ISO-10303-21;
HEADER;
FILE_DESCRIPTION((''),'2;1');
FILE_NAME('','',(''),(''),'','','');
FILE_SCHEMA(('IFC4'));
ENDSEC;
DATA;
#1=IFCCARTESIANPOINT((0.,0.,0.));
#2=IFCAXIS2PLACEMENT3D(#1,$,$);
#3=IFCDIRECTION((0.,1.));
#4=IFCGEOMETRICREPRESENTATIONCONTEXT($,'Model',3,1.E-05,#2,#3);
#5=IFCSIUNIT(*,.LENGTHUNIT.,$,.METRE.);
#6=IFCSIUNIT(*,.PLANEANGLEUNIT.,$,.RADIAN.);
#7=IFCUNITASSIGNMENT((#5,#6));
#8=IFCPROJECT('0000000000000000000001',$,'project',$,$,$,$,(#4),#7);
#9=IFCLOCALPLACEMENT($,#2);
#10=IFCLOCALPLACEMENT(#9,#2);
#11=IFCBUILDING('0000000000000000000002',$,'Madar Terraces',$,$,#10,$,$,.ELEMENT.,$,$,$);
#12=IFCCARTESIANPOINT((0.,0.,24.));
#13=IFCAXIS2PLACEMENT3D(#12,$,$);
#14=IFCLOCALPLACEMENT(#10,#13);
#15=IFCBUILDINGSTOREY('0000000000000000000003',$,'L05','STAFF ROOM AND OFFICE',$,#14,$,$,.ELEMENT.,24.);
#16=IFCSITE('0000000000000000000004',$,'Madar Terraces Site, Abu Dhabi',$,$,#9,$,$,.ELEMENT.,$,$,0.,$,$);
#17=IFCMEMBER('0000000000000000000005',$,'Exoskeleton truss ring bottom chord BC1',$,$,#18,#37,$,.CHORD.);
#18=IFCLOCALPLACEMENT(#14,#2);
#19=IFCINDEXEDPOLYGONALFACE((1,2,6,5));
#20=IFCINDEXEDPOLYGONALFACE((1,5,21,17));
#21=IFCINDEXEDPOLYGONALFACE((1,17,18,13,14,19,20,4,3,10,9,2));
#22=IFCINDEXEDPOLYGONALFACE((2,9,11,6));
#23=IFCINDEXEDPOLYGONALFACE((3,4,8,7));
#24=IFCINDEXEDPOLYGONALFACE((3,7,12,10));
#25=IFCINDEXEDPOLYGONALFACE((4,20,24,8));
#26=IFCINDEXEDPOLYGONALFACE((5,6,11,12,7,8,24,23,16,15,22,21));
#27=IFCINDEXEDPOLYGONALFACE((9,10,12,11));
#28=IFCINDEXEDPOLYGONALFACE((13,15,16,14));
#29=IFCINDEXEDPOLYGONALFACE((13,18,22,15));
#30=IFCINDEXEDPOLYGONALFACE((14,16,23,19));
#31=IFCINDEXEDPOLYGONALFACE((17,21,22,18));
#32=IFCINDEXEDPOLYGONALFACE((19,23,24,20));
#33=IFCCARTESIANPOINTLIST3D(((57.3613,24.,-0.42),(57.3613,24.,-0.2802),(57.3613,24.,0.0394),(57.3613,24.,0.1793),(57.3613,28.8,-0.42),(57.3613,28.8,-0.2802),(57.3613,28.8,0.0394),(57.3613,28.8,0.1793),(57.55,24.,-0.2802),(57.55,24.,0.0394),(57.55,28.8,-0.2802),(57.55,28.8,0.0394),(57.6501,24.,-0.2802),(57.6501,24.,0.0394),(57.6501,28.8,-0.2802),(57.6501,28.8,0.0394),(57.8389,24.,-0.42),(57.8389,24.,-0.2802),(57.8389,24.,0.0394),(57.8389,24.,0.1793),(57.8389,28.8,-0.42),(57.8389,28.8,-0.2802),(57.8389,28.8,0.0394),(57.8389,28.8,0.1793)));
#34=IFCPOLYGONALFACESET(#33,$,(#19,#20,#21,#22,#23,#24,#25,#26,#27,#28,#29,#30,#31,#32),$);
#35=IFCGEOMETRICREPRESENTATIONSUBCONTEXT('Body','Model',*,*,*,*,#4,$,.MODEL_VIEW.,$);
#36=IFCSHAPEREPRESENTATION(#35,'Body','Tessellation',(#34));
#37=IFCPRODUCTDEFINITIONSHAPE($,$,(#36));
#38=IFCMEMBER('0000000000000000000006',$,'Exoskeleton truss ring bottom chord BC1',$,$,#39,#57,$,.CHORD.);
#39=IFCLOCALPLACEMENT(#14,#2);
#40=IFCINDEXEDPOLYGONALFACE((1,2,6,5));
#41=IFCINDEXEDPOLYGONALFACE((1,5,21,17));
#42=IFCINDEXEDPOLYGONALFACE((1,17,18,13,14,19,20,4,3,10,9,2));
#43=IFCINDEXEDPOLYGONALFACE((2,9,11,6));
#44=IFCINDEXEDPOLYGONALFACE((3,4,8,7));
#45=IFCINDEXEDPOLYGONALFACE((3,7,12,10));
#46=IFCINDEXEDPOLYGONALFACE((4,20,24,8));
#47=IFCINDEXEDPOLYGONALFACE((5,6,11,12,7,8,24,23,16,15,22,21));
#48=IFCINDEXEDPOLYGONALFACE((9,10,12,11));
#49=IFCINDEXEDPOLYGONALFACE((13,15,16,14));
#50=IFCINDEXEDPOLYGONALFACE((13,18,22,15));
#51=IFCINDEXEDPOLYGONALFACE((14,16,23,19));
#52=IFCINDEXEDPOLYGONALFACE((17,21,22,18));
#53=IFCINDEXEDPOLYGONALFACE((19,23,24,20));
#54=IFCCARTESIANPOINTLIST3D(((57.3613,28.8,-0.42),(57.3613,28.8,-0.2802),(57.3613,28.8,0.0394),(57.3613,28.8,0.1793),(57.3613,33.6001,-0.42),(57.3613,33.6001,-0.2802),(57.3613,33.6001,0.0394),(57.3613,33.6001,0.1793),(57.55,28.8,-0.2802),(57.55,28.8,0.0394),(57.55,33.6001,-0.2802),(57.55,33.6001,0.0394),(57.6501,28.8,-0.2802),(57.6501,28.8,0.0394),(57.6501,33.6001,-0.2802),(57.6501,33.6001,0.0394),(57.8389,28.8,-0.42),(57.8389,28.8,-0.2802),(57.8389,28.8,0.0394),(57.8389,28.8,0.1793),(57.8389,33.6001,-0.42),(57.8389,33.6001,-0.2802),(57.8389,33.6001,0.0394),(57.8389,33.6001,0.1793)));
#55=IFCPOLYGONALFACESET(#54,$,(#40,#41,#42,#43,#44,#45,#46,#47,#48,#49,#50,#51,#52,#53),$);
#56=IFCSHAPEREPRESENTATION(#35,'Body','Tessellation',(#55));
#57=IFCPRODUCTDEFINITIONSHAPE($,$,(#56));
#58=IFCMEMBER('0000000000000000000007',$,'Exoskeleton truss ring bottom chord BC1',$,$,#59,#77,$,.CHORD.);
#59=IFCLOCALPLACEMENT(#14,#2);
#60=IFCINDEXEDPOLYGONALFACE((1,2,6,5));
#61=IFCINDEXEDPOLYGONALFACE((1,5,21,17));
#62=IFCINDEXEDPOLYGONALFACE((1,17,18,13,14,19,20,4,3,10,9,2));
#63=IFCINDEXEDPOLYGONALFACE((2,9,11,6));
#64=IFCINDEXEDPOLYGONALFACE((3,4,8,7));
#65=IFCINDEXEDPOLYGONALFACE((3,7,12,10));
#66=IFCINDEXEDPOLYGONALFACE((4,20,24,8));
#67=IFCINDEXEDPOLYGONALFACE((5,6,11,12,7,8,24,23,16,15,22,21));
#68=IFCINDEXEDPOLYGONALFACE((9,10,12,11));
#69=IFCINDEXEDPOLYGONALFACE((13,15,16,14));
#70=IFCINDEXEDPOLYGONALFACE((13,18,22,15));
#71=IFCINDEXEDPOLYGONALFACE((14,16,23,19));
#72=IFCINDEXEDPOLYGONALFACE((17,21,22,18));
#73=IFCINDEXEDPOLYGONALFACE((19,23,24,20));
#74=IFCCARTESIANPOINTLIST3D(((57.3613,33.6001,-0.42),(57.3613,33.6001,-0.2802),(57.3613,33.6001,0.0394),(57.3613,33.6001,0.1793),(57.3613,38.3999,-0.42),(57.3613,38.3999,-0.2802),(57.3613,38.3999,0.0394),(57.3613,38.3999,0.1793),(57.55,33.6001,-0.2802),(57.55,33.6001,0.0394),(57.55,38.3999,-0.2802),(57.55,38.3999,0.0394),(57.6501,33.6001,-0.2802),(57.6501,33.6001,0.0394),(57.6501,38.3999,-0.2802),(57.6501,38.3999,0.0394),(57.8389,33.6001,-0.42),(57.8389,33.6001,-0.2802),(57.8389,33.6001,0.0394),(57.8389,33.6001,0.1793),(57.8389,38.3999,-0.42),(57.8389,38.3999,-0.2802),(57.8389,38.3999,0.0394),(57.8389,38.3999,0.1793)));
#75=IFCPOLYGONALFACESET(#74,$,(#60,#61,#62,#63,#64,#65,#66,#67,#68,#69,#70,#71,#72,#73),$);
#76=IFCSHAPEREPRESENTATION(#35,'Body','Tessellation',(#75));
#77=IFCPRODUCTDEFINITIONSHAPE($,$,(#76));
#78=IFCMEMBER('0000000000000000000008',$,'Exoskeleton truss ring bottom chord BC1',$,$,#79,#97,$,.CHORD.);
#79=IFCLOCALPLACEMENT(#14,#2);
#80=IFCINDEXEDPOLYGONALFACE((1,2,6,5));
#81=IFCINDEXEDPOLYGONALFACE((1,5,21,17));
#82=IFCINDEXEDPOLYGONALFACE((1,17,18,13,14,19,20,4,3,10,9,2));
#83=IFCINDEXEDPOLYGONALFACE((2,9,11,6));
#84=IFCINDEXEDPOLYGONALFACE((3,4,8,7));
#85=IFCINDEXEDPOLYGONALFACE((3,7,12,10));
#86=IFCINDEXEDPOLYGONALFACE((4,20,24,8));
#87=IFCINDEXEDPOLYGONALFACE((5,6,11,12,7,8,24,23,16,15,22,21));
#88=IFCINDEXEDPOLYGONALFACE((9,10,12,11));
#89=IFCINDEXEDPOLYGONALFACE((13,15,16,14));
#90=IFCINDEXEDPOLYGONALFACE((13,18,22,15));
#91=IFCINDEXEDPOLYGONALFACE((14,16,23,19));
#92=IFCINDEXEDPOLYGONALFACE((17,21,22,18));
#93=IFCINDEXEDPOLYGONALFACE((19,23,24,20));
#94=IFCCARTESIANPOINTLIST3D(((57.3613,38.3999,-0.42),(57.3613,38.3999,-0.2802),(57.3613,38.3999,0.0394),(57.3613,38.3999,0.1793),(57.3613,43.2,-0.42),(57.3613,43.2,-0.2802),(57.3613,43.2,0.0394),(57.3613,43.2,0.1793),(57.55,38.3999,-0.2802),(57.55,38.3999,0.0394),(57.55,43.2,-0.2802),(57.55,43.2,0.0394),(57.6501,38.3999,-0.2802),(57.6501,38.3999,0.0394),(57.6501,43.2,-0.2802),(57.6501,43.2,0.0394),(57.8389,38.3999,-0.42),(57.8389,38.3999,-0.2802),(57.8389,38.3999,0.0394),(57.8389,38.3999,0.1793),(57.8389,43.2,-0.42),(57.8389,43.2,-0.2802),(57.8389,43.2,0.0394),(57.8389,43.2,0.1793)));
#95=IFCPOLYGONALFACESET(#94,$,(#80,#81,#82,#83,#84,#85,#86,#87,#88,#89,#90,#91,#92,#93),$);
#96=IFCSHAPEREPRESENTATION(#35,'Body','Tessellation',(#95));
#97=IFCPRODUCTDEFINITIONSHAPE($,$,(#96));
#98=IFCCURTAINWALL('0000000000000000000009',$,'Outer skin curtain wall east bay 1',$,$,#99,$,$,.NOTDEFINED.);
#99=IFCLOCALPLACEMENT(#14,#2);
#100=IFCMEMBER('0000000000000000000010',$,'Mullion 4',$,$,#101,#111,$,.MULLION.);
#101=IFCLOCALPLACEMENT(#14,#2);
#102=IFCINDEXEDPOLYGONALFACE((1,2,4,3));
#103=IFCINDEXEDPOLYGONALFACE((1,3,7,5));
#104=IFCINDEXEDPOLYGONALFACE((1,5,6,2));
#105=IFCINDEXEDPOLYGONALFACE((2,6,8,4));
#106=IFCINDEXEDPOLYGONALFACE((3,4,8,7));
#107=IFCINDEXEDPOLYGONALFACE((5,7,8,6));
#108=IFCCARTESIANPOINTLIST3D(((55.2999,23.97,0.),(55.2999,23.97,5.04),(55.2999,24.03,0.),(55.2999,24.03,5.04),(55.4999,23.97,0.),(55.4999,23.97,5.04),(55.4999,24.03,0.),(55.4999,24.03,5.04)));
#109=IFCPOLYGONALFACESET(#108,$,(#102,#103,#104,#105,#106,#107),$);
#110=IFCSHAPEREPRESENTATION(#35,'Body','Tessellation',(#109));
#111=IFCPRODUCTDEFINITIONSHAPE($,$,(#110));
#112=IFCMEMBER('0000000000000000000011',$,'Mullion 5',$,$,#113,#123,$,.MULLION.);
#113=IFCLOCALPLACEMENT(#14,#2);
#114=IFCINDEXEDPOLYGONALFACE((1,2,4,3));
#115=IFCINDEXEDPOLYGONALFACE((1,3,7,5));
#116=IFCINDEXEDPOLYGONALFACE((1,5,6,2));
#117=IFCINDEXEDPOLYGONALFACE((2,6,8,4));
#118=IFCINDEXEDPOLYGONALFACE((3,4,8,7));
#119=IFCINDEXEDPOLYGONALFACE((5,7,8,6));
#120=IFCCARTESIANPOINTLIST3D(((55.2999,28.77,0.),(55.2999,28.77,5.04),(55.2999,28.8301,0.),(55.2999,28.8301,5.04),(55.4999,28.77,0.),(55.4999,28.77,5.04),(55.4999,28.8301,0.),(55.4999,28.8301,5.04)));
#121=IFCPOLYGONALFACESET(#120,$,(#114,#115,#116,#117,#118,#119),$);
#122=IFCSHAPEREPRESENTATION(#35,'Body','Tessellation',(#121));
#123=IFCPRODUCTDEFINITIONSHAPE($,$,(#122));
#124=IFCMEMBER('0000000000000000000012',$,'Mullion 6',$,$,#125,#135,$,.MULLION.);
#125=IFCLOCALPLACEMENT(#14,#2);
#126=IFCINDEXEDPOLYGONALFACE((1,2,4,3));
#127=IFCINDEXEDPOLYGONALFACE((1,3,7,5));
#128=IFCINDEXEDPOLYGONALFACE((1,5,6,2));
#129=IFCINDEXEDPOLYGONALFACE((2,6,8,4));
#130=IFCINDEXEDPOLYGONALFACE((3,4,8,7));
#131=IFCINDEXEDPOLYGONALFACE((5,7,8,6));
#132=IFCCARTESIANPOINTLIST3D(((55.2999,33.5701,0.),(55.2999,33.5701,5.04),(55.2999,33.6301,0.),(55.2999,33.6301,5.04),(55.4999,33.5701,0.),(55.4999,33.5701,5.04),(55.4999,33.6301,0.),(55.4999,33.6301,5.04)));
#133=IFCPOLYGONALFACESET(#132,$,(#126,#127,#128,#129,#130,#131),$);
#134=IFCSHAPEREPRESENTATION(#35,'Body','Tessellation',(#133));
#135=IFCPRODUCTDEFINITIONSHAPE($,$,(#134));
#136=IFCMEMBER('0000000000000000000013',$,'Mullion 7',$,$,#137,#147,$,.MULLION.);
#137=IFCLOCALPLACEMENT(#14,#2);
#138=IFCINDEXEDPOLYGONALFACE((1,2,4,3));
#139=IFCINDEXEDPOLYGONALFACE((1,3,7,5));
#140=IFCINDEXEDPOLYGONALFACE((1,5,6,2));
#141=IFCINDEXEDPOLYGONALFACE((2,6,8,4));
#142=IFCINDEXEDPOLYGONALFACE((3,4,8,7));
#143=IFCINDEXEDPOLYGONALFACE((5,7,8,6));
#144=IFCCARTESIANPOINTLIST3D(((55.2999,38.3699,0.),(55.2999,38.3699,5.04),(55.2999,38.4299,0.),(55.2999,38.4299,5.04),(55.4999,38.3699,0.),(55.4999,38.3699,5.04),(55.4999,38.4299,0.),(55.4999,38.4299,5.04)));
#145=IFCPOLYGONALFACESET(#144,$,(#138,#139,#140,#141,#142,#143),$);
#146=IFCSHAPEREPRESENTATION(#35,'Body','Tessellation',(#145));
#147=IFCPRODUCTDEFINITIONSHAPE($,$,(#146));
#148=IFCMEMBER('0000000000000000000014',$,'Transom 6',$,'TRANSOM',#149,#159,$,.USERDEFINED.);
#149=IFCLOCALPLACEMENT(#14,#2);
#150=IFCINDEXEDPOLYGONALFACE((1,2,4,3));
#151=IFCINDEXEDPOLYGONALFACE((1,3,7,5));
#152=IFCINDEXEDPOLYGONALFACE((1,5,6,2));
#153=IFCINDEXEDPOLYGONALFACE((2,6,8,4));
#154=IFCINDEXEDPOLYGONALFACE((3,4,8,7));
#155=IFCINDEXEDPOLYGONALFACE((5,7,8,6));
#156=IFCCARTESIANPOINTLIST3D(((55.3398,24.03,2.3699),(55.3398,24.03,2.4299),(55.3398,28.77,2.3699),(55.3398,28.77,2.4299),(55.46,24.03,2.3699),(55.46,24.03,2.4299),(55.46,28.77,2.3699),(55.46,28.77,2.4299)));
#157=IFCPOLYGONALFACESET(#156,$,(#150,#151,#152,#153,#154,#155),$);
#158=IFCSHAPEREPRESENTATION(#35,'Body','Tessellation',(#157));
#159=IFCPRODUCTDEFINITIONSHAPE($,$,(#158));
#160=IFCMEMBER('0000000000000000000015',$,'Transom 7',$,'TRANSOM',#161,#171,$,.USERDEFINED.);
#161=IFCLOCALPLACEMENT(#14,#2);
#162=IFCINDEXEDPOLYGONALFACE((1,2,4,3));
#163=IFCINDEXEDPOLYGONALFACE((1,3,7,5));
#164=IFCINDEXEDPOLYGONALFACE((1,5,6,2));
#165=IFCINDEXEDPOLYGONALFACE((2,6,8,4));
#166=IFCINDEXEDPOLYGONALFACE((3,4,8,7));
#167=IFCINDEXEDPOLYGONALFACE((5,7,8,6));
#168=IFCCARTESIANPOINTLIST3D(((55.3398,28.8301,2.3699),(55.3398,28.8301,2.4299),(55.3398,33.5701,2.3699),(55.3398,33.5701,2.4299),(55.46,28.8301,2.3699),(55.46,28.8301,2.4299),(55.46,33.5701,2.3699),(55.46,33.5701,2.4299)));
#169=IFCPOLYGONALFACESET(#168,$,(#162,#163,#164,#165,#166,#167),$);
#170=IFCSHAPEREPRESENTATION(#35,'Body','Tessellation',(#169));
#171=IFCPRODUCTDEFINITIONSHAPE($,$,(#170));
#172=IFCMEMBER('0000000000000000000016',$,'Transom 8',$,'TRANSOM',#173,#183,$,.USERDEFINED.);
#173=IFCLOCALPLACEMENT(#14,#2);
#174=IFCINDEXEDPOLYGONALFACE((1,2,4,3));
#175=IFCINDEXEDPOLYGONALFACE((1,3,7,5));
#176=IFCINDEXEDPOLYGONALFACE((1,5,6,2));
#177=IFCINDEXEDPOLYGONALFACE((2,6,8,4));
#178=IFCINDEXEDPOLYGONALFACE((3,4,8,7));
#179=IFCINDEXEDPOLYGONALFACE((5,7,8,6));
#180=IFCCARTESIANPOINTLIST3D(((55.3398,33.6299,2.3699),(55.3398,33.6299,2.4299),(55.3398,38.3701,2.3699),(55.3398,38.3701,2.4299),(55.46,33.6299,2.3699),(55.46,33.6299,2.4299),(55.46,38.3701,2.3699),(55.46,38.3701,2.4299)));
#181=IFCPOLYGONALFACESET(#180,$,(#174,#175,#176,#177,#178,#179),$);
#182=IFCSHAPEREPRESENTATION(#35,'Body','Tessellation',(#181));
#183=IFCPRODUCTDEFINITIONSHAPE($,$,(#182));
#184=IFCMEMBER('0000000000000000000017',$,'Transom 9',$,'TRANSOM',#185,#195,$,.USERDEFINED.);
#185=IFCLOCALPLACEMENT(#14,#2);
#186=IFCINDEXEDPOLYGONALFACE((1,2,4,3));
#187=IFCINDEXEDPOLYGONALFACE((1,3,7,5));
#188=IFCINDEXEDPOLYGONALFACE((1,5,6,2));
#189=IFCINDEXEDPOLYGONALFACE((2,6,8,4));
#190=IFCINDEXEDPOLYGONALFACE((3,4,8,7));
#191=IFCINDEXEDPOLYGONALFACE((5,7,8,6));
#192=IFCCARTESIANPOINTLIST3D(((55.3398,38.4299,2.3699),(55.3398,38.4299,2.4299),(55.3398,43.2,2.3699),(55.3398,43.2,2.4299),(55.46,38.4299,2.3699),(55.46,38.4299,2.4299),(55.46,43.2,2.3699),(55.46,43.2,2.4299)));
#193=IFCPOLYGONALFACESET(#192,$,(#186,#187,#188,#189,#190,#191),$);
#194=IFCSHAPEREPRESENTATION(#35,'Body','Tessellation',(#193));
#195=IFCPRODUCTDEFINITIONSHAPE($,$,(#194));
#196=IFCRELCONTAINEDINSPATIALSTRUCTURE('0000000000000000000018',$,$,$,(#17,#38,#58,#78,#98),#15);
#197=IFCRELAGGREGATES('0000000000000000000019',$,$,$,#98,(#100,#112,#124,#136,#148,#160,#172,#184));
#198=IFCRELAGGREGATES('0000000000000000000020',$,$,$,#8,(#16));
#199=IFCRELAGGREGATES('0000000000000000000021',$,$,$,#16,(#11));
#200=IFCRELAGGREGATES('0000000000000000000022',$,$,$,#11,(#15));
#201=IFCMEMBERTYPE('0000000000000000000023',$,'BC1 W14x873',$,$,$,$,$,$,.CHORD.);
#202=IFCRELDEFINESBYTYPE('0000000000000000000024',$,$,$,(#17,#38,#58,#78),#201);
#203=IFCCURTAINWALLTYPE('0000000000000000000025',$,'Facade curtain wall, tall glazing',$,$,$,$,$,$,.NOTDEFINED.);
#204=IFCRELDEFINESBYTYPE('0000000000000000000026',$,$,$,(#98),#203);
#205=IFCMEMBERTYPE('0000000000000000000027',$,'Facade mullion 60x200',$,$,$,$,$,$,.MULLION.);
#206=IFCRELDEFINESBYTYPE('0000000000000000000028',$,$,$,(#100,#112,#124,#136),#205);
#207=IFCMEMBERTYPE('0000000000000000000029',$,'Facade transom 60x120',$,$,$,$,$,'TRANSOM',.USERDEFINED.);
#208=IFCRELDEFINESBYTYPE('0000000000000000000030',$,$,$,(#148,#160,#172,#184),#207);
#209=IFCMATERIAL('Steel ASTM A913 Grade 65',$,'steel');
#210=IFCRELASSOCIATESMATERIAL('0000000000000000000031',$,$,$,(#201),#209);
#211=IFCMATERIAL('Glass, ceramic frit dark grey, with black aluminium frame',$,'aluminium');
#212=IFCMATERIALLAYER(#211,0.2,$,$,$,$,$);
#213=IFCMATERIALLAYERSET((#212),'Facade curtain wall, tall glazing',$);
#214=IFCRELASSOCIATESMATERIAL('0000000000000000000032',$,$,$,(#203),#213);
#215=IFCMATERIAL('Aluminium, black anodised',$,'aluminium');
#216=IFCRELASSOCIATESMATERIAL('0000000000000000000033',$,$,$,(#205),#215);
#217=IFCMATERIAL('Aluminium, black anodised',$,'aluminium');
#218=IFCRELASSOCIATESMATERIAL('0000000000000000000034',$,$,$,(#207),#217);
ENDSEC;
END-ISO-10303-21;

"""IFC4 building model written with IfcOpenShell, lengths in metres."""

from ifc_helpers import new_model, si_unit, direction, frame, origin, origin_2d, place, context, subcontext, project, spatial, rectangle, i_section, extrude, material, layer, layer_set, material_profile, profile_set, type_object, element, aggregate, save


model = new_model("IFC4")

# Units and contexts
model_context = context("Model", 3, precision=1e-05, world=origin(), true_north=direction((0.0, 1.0)))
body_context = subcontext(model_context, "Body", "Model", "MODEL_VIEW")
ifc_project = project(units=[si_unit("LENGTHUNIT", "METRE"), si_unit("PLANEANGLEUNIT", "RADIAN")], contexts=[model_context])

# Site, building, storey
site_placement = place(None, origin())
site = spatial("IfcSite", under=ifc_project, at=site_placement, Name="Madar Terraces Site, Abu Dhabi", CompositionType="ELEMENT", RefElevation=0.0)
building_placement = place(site_placement, origin())
building = spatial("IfcBuilding", under=site, at=building_placement, Name="Madar Terraces", CompositionType="ELEMENT")
storey_placement = place(building_placement, frame((0.0, 0.0, 24.0)))
storey = spatial("IfcBuildingStorey", under=building, at=storey_placement, Name="L05", Description="STAFF ROOM AND OFFICE", CompositionType="ELEMENT", Elevation=24.0)

# Members
ifc_material_1 = material(Name="Steel ASTM A913 Grade 65", Category="steel")
ifc_material_profile_1 = material_profile(ifc_material_1, i_section(OverallWidth=0.4775, OverallDepth=0.5994, WebThickness=0.1001, FlangeThickness=0.1399, at=origin_2d()), Name="W14x873")
ifc_profile_set_1 = profile_set([ifc_material_profile_1], Name="Steel ASTM A913 Grade 65")
member_type_1 = type_object("IfcMemberType", Name="BC1 W14x873", PredefinedType="CHORD", material=ifc_profile_set_1)
for number, where, z_axis, x_axis, name in (
    (1, (57.6001, 24.0, -0.1204), (0.0, 1.0, 0.0), (-1.0, 0.0, 0.0), "Exoskeleton truss ring bottom chord BC1"),
    (2, (57.6001, 28.8, -0.1204), (0.0, 1.0, 0.0), (-1.0, 0.0, 0.0), "Exoskeleton truss ring bottom chord BC1"),
):
    element("IfcMember", number, at=place(storey_placement, frame(where, z_axis=z_axis, x_axis=x_axis)), inside=storey, type_object=member_type_1, Name=name, PredefinedType="CHORD", context=body_context, shape_type="SweptSolid", body=[
        extrude(i_section(OverallWidth=0.4775, OverallDepth=0.5994, WebThickness=0.1001, FlangeThickness=0.1399, at=origin_2d()), origin(), (0.0, 0.0, 1.0), 4.8),
    ])
member_1_placement = place(storey_placement, frame((57.6001, 33.6001, -0.1204), z_axis=(0.0, 1.0, 0.0), x_axis=(-1.0, 0.0, 0.0)))
element("IfcMember", 3, at=member_1_placement, inside=storey, type_object=member_type_1, Name="Exoskeleton truss ring bottom chord BC1", PredefinedType="CHORD", context=body_context, shape_type="SweptSolid", body=[
    extrude(i_section(OverallWidth=0.4775, OverallDepth=0.5994, WebThickness=0.1001, FlangeThickness=0.1399, at=origin_2d()), origin(), (0.0, 0.0, 1.0), 4.7998),
])
member_2_placement = place(storey_placement, frame((57.6001, 38.3999, -0.1204), z_axis=(0.0, 1.0, 0.0), x_axis=(-1.0, 0.0, 0.0)))
element("IfcMember", 4, at=member_2_placement, inside=storey, type_object=member_type_1, Name="Exoskeleton truss ring bottom chord BC1", PredefinedType="CHORD", context=body_context, shape_type="SweptSolid", body=[
    extrude(i_section(OverallWidth=0.4775, OverallDepth=0.5994, WebThickness=0.1001, FlangeThickness=0.1399, at=origin_2d()), origin(), (0.0, 0.0, 1.0), 4.8),
])

# Curtain wall, members
ifc_material_2 = material(Name="Glass, ceramic frit dark grey, with black aluminium frame", Category="aluminium")
ifc_layer_1 = layer(ifc_material_2, 0.2)
ifc_layer_set_1 = layer_set([ifc_layer_1], Name="Facade curtain wall, tall glazing")
curtain_wall_type = type_object("IfcCurtainWallType", Name="Facade curtain wall, tall glazing", PredefinedType="NOTDEFINED", material=ifc_layer_set_1)
curtain_wall_placement = place(storey_placement, origin())
curtain_wall = element("IfcCurtainWall", 5, at=curtain_wall_placement, inside=storey, type_object=curtain_wall_type, Name="Outer skin curtain wall east bay 1", PredefinedType="NOTDEFINED")
ifc_material_3 = material(Name="Aluminium, black anodised", Category="aluminium")
ifc_material_profile_2 = material_profile(ifc_material_3, rectangle(XDim=0.2, YDim=0.0601, at=origin_2d()), Name="Facade mullion 60x200")
ifc_profile_set_2 = profile_set([ifc_material_profile_2], Name="Aluminium, black anodised")
member_type_2 = type_object("IfcMemberType", Name="Facade mullion 60x200", PredefinedType="MULLION", material=ifc_profile_set_2)
member_3_placement = place(storey_placement, frame((55.3999, 24.0, 0.0), z_axis=(0.0, 0.0, 1.0), x_axis=(-1.0, 0.0, 0.0)))
member_3 = element("IfcMember", 6, at=member_3_placement, type_object=member_type_2, Name="Mullion 4", PredefinedType="MULLION", context=body_context, shape_type="SweptSolid", body=[
    extrude(rectangle(XDim=0.2, YDim=0.0601, at=origin_2d()), origin(), (0.0, 0.0, 1.0), 5.04),
])
member_4_placement = place(storey_placement, frame((55.3999, 28.8, 0.0), z_axis=(0.0, 0.0, 1.0), x_axis=(-1.0, 0.0, 0.0)))
member_4 = element("IfcMember", 7, at=member_4_placement, type_object=member_type_2, Name="Mullion 5", PredefinedType="MULLION", context=body_context, shape_type="SweptSolid", body=[
    extrude(rectangle(XDim=0.2, YDim=0.0601, at=origin_2d()), origin(), (0.0, 0.0, 1.0), 5.04),
])
member_5_placement = place(storey_placement, frame((55.3999, 33.6001, 0.0), z_axis=(0.0, 0.0, 1.0), x_axis=(-1.0, 0.0, 0.0)))
member_5 = element("IfcMember", 8, at=member_5_placement, type_object=member_type_2, Name="Mullion 6", PredefinedType="MULLION", context=body_context, shape_type="SweptSolid", body=[
    extrude(rectangle(XDim=0.2, YDim=0.0601, at=origin_2d()), origin(), (0.0, 0.0, 1.0), 5.04),
])
member_6_placement = place(storey_placement, frame((55.3999, 38.3999, 0.0), z_axis=(0.0, 0.0, 1.0), x_axis=(-1.0, 0.0, 0.0)))
member_6 = element("IfcMember", 9, at=member_6_placement, type_object=member_type_2, Name="Mullion 7", PredefinedType="MULLION", context=body_context, shape_type="SweptSolid", body=[
    extrude(rectangle(XDim=0.2, YDim=0.0601, at=origin_2d()), origin(), (0.0, 0.0, 1.0), 5.04),
])
ifc_material_4 = material(Name="Aluminium, black anodised", Category="aluminium")
ifc_material_profile_3 = material_profile(ifc_material_4, rectangle(XDim=0.1201, YDim=0.0601, at=origin_2d()), Name="Facade transom 60x120")
ifc_profile_set_3 = profile_set([ifc_material_profile_3], Name="Aluminium, black anodised")
member_type_3 = type_object("IfcMemberType", Name="Facade transom 60x120", ElementType="TRANSOM", PredefinedType="USERDEFINED", material=ifc_profile_set_3)
member_7_placement = place(storey_placement, frame((55.3999, 24.03, 2.3999), z_axis=(0.0, 1.0, 0.0), x_axis=(-1.0, 0.0, 0.0)))
member_7 = element("IfcMember", 10, at=member_7_placement, type_object=member_type_3, Name="Transom 6", ObjectType="TRANSOM", PredefinedType="USERDEFINED", context=body_context, shape_type="SweptSolid", body=[
    extrude(rectangle(XDim=0.1201, YDim=0.0601, at=origin_2d()), origin(), (0.0, 0.0, 1.0), 4.74),
])
member_8_placement = place(storey_placement, frame((55.3999, 28.8301, 2.3999), z_axis=(0.0, 1.0, 0.0), x_axis=(-1.0, 0.0, 0.0)))
member_8 = element("IfcMember", 11, at=member_8_placement, type_object=member_type_3, Name="Transom 7", ObjectType="TRANSOM", PredefinedType="USERDEFINED", context=body_context, shape_type="SweptSolid", body=[
    extrude(rectangle(XDim=0.1201, YDim=0.0601, at=origin_2d()), origin(), (0.0, 0.0, 1.0), 4.74),
])
member_9_placement = place(storey_placement, frame((55.3999, 33.6299, 2.3999), z_axis=(0.0, 1.0, 0.0), x_axis=(-1.0, 0.0, 0.0)))
member_9 = element("IfcMember", 12, at=member_9_placement, type_object=member_type_3, Name="Transom 8", ObjectType="TRANSOM", PredefinedType="USERDEFINED", context=body_context, shape_type="SweptSolid", body=[
    extrude(rectangle(XDim=0.1201, YDim=0.0601, at=origin_2d()), origin(), (0.0, 0.0, 1.0), 4.7402),
])
member_10_placement = place(storey_placement, frame((55.3999, 38.4299, 2.3999), z_axis=(0.0, 1.0, 0.0), x_axis=(-1.0, 0.0, 0.0)))
member_10 = element("IfcMember", 13, at=member_10_placement, type_object=member_type_3, Name="Transom 9", ObjectType="TRANSOM", PredefinedType="USERDEFINED", context=body_context, shape_type="SweptSolid", body=[
    extrude(rectangle(XDim=0.1201, YDim=0.0601, at=origin_2d()), origin(), (0.0, 0.0, 1.0), 4.77),
])

aggregate(curtain_wall, [member_3, member_4, member_5, member_6, member_7, member_8, member_9, member_10])

save(model, "model.ifc")
